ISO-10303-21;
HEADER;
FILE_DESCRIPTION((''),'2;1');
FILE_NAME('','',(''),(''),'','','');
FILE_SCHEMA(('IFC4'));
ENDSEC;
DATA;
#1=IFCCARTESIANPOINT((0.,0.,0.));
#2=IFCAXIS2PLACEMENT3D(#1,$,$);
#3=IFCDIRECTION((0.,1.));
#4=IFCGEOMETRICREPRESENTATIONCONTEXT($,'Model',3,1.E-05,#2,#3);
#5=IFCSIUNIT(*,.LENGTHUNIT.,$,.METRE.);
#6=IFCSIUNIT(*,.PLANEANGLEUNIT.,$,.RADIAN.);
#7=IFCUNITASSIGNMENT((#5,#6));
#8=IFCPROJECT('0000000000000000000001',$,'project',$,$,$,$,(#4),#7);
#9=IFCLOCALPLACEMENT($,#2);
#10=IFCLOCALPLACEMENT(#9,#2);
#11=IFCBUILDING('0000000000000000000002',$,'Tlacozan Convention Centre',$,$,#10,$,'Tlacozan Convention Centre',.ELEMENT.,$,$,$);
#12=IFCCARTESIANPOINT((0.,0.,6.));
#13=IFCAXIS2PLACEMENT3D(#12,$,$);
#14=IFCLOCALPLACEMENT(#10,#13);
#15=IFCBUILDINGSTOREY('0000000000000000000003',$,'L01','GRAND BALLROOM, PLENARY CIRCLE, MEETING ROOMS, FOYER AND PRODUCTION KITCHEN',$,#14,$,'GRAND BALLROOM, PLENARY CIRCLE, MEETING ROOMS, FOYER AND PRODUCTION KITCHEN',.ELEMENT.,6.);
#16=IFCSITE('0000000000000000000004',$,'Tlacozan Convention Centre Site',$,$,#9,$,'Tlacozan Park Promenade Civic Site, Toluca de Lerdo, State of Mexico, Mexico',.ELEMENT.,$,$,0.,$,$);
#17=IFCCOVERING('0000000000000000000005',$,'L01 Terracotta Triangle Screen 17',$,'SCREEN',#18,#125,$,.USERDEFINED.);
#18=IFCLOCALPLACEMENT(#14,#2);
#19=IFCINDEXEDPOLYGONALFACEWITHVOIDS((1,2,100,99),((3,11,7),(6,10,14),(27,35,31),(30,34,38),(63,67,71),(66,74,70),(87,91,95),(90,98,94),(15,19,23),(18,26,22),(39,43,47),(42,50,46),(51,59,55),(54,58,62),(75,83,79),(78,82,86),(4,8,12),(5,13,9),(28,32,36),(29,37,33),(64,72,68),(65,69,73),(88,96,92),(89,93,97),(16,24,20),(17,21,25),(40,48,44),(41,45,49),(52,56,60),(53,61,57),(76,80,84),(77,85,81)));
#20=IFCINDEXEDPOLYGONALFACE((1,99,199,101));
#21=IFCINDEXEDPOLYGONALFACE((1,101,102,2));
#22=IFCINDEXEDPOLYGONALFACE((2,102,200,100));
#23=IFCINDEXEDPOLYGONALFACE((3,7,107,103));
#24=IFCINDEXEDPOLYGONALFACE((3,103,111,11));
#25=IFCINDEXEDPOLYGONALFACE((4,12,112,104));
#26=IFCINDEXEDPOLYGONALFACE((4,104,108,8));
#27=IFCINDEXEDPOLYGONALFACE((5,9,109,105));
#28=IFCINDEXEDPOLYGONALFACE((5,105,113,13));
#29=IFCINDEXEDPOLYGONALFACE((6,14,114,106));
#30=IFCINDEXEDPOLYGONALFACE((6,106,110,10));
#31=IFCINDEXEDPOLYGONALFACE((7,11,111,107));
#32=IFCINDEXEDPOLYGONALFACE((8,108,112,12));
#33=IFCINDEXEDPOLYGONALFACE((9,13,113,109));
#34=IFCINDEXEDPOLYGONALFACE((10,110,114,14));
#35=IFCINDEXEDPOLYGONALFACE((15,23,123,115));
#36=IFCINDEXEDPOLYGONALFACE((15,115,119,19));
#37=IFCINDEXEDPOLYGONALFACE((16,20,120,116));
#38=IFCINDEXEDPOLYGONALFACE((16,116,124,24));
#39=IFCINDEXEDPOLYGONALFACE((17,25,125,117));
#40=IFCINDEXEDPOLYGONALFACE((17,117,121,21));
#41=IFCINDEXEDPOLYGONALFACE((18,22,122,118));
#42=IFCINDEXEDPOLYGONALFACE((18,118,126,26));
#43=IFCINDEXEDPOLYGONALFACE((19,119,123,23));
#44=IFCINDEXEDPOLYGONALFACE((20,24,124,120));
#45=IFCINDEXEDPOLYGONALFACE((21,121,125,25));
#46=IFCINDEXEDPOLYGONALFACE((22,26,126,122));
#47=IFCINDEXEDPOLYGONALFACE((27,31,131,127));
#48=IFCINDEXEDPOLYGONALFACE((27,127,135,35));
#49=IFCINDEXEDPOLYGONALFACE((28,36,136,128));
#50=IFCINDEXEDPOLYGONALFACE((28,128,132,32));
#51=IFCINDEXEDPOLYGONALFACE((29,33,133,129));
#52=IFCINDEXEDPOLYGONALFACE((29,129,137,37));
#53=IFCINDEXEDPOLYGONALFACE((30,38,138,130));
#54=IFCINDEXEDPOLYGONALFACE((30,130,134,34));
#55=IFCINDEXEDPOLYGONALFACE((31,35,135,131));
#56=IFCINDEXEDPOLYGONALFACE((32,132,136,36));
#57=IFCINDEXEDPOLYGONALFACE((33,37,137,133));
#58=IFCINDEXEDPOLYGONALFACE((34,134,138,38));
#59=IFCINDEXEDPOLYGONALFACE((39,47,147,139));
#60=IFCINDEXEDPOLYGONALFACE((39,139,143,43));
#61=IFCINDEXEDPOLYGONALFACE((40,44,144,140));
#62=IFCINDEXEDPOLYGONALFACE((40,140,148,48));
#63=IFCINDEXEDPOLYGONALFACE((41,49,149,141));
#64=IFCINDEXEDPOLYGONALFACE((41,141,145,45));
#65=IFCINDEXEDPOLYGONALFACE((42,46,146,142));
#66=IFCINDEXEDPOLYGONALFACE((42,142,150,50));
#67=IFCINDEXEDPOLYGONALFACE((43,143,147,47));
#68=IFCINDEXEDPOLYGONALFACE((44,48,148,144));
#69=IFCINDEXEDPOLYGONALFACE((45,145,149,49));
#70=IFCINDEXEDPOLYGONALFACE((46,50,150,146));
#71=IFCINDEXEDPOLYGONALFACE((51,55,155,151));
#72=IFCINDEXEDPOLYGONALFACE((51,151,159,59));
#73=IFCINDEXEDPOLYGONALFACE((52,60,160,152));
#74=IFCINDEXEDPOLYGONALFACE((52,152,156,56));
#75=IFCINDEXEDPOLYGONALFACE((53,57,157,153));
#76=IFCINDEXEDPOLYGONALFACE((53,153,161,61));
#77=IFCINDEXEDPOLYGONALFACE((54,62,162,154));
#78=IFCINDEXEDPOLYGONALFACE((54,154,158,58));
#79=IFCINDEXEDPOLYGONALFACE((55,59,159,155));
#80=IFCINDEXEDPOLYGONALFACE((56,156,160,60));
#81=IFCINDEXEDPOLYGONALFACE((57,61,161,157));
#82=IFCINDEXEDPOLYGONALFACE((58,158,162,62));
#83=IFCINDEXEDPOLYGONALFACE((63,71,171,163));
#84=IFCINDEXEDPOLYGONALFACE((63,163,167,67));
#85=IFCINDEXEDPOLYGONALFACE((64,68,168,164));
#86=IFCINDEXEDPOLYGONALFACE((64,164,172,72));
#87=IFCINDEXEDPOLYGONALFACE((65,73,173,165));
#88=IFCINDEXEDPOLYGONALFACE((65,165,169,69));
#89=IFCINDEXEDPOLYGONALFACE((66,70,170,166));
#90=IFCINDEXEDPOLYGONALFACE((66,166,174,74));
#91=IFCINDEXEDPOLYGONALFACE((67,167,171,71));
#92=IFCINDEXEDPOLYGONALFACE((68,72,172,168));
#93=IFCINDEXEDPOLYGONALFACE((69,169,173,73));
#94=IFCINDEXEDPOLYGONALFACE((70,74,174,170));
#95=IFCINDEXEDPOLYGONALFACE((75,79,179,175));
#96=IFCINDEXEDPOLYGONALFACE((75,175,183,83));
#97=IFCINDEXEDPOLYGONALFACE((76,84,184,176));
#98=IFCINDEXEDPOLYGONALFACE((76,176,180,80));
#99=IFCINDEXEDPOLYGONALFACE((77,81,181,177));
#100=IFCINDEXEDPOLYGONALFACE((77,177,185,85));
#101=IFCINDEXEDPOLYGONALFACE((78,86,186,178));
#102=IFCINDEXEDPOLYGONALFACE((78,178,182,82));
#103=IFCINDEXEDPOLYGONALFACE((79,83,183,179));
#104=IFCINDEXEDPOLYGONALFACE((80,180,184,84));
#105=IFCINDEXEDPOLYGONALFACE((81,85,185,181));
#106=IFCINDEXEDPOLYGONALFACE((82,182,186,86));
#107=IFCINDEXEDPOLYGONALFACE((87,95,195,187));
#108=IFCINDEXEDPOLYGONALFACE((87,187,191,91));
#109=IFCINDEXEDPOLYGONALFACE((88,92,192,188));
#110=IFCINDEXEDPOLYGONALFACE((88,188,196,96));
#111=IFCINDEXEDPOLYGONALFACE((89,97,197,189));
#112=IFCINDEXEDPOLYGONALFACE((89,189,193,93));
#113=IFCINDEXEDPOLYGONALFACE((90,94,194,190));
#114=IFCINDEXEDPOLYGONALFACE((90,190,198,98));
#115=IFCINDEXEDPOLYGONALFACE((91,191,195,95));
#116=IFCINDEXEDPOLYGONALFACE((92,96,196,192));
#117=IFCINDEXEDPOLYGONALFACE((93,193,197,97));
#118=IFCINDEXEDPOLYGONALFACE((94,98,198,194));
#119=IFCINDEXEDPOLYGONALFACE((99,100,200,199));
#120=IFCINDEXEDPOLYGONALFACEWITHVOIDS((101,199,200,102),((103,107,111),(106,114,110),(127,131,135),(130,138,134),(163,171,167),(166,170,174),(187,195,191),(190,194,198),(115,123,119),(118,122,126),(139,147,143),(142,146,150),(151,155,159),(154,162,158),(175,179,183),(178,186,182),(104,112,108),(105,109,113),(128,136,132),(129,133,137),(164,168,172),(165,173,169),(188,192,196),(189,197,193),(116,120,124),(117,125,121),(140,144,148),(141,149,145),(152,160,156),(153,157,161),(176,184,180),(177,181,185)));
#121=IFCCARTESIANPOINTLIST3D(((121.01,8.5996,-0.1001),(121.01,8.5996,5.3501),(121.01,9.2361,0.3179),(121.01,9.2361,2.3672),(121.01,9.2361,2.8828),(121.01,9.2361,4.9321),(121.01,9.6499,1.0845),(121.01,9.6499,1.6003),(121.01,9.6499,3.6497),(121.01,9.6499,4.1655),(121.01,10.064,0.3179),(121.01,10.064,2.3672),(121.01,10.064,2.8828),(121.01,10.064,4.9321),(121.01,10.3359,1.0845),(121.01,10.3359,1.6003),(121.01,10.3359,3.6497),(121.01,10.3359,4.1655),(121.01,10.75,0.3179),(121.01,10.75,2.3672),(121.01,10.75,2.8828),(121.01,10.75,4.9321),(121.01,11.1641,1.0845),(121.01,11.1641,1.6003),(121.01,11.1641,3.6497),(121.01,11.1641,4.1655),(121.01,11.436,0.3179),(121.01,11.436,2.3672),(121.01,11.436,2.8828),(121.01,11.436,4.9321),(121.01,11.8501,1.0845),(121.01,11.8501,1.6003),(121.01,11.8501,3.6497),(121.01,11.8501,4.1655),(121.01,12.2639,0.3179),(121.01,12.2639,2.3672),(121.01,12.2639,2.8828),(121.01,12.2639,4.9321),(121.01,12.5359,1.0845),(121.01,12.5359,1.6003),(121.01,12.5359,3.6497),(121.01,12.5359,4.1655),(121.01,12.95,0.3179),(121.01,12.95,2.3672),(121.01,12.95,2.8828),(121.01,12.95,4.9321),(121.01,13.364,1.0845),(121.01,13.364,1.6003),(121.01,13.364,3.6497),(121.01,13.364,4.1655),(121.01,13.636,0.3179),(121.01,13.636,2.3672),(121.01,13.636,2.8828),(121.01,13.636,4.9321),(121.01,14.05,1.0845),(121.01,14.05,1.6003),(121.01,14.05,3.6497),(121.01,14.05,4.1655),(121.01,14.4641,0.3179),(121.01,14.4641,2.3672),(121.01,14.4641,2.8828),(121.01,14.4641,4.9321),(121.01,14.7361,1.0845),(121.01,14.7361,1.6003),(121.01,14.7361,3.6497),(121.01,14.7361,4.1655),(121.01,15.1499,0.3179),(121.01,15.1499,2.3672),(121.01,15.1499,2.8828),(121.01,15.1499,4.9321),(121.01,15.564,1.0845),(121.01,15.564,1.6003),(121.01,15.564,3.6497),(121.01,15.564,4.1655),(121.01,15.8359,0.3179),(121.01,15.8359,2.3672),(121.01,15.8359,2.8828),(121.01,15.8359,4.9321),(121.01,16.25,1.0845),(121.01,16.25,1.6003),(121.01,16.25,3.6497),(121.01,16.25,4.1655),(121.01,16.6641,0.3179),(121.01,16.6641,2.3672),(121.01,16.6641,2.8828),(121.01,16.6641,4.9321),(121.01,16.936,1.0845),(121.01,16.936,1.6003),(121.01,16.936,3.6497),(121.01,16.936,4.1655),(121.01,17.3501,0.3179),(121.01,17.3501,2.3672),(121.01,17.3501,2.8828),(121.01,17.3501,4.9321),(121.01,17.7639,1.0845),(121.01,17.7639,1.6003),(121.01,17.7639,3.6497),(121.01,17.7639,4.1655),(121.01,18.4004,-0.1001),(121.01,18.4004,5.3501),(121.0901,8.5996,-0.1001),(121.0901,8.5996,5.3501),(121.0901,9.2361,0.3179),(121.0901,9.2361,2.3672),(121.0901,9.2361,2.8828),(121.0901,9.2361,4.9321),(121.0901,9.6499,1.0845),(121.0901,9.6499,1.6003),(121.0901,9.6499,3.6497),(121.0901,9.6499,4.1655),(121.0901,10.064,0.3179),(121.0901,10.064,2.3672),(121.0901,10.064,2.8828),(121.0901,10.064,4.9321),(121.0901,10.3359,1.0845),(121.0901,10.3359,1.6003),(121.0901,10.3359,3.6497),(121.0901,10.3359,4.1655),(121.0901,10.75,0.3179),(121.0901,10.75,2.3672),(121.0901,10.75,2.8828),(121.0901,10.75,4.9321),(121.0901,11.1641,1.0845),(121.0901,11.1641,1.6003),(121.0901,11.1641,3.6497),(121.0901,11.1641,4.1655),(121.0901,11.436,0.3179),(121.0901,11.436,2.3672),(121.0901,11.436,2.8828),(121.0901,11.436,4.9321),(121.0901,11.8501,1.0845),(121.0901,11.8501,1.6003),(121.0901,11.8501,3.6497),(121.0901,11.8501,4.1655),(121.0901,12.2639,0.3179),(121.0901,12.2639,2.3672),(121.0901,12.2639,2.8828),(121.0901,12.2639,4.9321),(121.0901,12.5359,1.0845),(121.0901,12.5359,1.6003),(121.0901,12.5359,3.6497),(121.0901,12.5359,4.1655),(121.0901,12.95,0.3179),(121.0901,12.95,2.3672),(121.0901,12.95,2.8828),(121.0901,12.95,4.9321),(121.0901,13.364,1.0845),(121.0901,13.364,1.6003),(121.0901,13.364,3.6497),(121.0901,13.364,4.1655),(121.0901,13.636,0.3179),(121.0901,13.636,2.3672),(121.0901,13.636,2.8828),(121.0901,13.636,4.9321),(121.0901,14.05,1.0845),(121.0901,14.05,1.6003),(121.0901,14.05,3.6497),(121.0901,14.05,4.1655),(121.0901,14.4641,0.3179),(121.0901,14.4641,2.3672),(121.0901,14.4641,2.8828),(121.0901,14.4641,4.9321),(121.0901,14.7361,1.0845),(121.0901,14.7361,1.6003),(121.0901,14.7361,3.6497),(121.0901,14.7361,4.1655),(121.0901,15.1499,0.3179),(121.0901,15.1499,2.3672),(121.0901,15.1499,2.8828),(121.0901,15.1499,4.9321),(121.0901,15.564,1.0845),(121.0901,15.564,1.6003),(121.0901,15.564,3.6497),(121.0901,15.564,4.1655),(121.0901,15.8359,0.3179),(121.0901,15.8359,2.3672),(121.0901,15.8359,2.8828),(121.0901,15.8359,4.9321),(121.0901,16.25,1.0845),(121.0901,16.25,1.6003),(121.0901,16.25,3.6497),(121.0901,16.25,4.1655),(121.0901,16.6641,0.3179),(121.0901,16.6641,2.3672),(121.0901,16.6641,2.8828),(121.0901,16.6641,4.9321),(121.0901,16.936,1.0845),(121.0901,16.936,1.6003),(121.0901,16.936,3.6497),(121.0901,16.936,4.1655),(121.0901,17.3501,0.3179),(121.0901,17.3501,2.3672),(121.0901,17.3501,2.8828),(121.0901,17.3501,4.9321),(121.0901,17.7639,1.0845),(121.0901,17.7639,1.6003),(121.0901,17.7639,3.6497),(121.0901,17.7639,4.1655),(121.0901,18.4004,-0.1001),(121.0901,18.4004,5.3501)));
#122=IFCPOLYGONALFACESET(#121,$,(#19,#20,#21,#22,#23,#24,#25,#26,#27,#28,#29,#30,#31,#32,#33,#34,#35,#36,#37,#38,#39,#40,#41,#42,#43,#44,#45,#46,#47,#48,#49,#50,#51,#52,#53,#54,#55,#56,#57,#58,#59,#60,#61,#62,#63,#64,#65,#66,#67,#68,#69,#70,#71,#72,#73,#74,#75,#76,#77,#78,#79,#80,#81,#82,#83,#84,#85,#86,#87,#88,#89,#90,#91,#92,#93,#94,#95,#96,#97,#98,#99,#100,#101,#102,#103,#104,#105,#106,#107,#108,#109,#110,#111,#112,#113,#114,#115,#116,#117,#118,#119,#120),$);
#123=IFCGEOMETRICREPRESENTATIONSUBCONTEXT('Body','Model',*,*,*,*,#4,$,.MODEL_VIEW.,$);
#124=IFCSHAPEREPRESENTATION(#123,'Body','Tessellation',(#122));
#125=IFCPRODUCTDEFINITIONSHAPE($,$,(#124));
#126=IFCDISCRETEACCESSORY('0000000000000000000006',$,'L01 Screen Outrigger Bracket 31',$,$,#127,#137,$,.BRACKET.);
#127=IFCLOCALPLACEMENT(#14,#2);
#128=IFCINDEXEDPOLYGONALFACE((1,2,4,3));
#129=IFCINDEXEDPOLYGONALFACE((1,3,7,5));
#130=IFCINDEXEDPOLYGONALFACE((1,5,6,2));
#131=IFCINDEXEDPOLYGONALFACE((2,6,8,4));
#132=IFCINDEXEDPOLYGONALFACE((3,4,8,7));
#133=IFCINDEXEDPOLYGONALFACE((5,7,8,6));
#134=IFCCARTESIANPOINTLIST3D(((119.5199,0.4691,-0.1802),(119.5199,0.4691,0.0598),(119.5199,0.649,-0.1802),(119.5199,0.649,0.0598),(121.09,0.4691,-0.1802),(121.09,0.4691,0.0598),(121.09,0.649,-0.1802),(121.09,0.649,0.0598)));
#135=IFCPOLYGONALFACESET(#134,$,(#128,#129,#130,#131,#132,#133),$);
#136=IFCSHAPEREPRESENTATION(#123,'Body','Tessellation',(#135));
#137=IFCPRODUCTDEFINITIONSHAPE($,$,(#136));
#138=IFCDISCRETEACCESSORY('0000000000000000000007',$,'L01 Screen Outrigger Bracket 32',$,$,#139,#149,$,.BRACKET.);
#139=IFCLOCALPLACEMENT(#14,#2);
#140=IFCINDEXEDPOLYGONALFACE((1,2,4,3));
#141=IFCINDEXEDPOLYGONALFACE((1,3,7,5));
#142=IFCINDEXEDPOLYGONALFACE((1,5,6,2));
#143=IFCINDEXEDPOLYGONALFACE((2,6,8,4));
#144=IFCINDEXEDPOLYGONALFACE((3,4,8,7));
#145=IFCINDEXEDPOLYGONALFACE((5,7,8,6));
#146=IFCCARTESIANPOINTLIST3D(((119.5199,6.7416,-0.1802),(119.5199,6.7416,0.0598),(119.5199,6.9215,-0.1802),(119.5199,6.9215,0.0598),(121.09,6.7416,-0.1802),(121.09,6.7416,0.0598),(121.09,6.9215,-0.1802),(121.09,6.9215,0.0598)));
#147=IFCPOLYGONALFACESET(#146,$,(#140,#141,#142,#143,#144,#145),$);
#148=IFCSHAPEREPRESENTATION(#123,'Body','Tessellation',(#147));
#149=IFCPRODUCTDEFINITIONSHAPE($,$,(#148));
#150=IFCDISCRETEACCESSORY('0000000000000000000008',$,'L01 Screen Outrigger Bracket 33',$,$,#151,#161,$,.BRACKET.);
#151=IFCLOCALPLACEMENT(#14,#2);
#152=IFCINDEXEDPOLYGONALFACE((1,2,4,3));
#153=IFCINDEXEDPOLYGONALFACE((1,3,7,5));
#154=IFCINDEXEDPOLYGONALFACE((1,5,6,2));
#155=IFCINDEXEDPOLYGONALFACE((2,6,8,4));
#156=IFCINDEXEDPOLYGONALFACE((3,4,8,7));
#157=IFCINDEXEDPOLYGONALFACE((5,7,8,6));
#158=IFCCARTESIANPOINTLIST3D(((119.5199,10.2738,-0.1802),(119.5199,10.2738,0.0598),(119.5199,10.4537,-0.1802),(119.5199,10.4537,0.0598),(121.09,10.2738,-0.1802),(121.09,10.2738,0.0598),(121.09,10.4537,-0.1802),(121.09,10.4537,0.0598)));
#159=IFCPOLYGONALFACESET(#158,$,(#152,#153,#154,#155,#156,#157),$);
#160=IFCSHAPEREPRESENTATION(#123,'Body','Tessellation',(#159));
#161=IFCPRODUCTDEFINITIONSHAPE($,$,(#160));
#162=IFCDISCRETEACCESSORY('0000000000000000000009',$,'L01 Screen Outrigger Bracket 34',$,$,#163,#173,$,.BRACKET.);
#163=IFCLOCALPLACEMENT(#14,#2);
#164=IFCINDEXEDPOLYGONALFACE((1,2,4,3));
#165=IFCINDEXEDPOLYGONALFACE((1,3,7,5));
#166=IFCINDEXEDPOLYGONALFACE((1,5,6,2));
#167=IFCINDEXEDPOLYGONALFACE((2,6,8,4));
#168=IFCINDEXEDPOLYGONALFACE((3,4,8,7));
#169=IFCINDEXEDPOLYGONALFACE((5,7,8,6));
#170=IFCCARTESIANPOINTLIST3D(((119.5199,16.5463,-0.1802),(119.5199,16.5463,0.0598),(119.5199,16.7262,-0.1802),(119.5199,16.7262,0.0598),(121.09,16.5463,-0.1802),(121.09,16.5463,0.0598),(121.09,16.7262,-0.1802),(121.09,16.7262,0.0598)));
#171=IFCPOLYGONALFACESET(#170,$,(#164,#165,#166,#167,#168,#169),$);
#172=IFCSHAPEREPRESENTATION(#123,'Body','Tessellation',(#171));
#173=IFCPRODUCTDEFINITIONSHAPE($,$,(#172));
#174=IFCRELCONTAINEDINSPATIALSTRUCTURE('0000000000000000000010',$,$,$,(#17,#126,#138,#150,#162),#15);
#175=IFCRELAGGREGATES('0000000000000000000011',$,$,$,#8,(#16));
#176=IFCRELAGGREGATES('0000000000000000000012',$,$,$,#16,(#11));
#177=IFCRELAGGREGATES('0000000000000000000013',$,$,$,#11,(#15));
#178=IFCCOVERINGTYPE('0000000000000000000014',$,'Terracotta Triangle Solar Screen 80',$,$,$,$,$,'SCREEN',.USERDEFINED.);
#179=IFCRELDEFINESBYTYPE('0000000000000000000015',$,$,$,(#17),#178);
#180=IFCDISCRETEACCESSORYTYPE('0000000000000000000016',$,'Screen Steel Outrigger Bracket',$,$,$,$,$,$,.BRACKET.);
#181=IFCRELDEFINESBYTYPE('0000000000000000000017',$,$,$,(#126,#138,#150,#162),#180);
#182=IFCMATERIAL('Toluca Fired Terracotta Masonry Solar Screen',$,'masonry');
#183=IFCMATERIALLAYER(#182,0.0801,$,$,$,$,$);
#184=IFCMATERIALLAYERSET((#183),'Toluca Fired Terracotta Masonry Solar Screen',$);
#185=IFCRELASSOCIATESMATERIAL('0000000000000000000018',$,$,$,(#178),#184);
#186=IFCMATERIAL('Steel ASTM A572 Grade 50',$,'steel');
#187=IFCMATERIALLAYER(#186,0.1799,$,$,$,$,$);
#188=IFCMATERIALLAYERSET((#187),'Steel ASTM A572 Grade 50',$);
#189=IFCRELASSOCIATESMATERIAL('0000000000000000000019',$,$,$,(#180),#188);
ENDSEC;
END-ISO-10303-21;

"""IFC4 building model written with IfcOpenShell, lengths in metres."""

from ifc_helpers import new_model, si_unit, direction, frame, origin, origin_2d, place, context, subcontext, project, spatial, polyline, rectangle, outline, extrude, material, layer, layer_set, type_object, element, save


model = new_model("IFC4")

# Units and contexts
model_context = context("Model", 3, precision=1e-05, world=origin(), true_north=direction((0.0, 1.0)))
body_context = subcontext(model_context, "Body", "Model", "MODEL_VIEW")
ifc_project = project(units=[si_unit("LENGTHUNIT", "METRE"), si_unit("PLANEANGLEUNIT", "RADIAN")], contexts=[model_context])

# Site, building, storey
site_placement = place(None, origin())
site = spatial("IfcSite", under=ifc_project, at=site_placement, Name="Tlacozan Convention Centre Site", LongName="Tlacozan Park Promenade Civic Site, Toluca de Lerdo, State of Mexico, Mexico", CompositionType="ELEMENT", RefElevation=0.0)
building_placement = place(site_placement, origin())
building = spatial("IfcBuilding", under=site, at=building_placement, Name="Tlacozan Convention Centre", LongName="Tlacozan Convention Centre", CompositionType="ELEMENT")
storey_placement = place(building_placement, frame((0.0, 0.0, 6.0)))
storey = spatial("IfcBuildingStorey", under=building, at=storey_placement, Name="L01", Description="GRAND BALLROOM, PLENARY CIRCLE, MEETING ROOMS, FOYER AND PRODUCTION KITCHEN", LongName="GRAND BALLROOM, PLENARY CIRCLE, MEETING ROOMS, FOYER AND PRODUCTION KITCHEN", CompositionType="ELEMENT", Elevation=6.0)

# Covering
ifc_material_1 = material(Name="Toluca Fired Terracotta Masonry Solar Screen", Category="masonry")
ifc_layer_1 = layer(ifc_material_1, 0.0801)
ifc_layer_set_1 = layer_set([ifc_layer_1], Name="Toluca Fired Terracotta Masonry Solar Screen")
covering_type = type_object("IfcCoveringType", Name="Terracotta Triangle Solar Screen 80", ElementType="SCREEN", PredefinedType="USERDEFINED", material=ifc_layer_set_1)
covering_1_placement = place(storey_placement, frame((121.05, 8.5996, -0.1001), z_axis=(0.0, 0.0, 1.0), x_axis=(0.0, 1.0, 0.0)))
element("IfcCovering", 1, at=covering_1_placement, inside=storey, type_object=covering_type, Name="L01 Terracotta Triangle Screen 17", ObjectType="SCREEN", PredefinedType="USERDEFINED", context=body_context, shape_type="SweptSolid", body=[
    extrude(outline(polyline([(0.0, 0.0), (9.8008, 0.0), (9.8008, 5.4502), (0.0, 5.4502), (0.0, 0.0)]), holes=[polyline([(0.6365, 0.418), (1.4644, 0.418), (1.0503, 1.1846), (0.6365, 0.418)]), polyline([(1.7363, 1.1846), (2.5645, 1.1846), (2.1504, 0.418), (1.7363, 1.1846)]), polyline([(2.8364, 0.418), (3.6643, 0.418), (3.2505, 1.1846), (2.8364, 0.418)]), polyline([(3.9363, 1.1846), (4.7644, 1.1846), (4.3503, 0.418), (3.9363, 1.1846)]), polyline([(5.0364, 0.418), (5.8645, 0.418), (5.4504, 1.1846), (5.0364, 0.418)]), polyline([(6.1365, 1.1846), (6.9644, 1.1846), (6.5503, 0.418), (6.1365, 1.1846)]), polyline([(7.2363, 0.418), (8.0645, 0.418), (7.6504, 1.1846), (7.2363, 0.418)]), polyline([(8.3364, 1.1846), (9.1643, 1.1846), (8.7505, 0.418), (8.3364, 1.1846)]), polyline([(0.6365, 2.4673), (1.4644, 2.4673), (1.0503, 1.7004), (0.6365, 2.4673)]), polyline([(1.7363, 1.7004), (2.5645, 1.7004), (2.1504, 2.4673), (1.7363, 1.7004)]), polyline([(2.8364, 2.4673), (3.6643, 2.4673), (3.2505, 1.7004), (2.8364, 2.4673)]), polyline([(3.9363, 1.7004), (4.7644, 1.7004), (4.3503, 2.4673), (3.9363, 1.7004)]), polyline([(5.0364, 2.4673), (5.8645, 2.4673), (5.4504, 1.7004), (5.0364, 2.4673)]), polyline([(6.1365, 1.7004), (6.9644, 1.7004), (6.5503, 2.4673), (6.1365, 1.7004)]), polyline([(7.2363, 2.4673), (8.0645, 2.4673), (7.6504, 1.7004), (7.2363, 2.4673)]), polyline([(8.3364, 1.7004), (9.1643, 1.7004), (8.7505, 2.4673), (8.3364, 1.7004)]), polyline([(0.6365, 2.9829), (1.4644, 2.9829), (1.0503, 3.7498), (0.6365, 2.9829)]), polyline([(1.7363, 3.7498), (2.5645, 3.7498), (2.1504, 2.9829), (1.7363, 3.7498)]), polyline([(2.8364, 2.9829), (3.6643, 2.9829), (3.2505, 3.7498), (2.8364, 2.9829)]), polyline([(3.9363, 3.7498), (4.7644, 3.7498), (4.3503, 2.9829), (3.9363, 3.7498)]), polyline([(5.0364, 2.9829), (5.8645, 2.9829), (5.4504, 3.7498), (5.0364, 2.9829)]), polyline([(6.1365, 3.7498), (6.9644, 3.7498), (6.5503, 2.9829), (6.1365, 3.7498)]), polyline([(7.2363, 2.9829), (8.0645, 2.9829), (7.6504, 3.7498), (7.2363, 2.9829)]), polyline([(8.3364, 3.7498), (9.1643, 3.7498), (8.7505, 2.9829), (8.3364, 3.7498)]), polyline([(0.6365, 5.0322), (1.4644, 5.0322), (1.0503, 4.2656), (0.6365, 5.0322)]), polyline([(1.7363, 4.2656), (2.5645, 4.2656), (2.1504, 5.0322), (1.7363, 4.2656)]), polyline([(2.8364, 5.0322), (3.6643, 5.0322), (3.2505, 4.2656), (2.8364, 5.0322)]), polyline([(3.9363, 4.2656), (4.7644, 4.2656), (4.3503, 5.0322), (3.9363, 4.2656)]), polyline([(5.0364, 5.0322), (5.8645, 5.0322), (5.4504, 4.2656), (5.0364, 5.0322)]), polyline([(6.1365, 4.2656), (6.9644, 4.2656), (6.5503, 5.0322), (6.1365, 4.2656)]), polyline([(7.2363, 5.0322), (8.0645, 5.0322), (7.6504, 4.2656), (7.2363, 5.0322)]), polyline([(8.3364, 4.2656), (9.1643, 4.2656), (8.7505, 5.0322), (8.3364, 4.2656)])]), frame((0.0, 0.04, 0.0), z_axis=(0.0, -1.0, 0.0), x_axis=(1.0, 0.0, 0.0)), (0.0, 0.0, 1.0), 0.0801),
])

# Discrete accessories
ifc_material_2 = material(Name="Steel ASTM A572 Grade 50", Category="steel")
ifc_layer_2 = layer(ifc_material_2, 0.1799)
ifc_layer_set_2 = layer_set([ifc_layer_2], Name="Steel ASTM A572 Grade 50")
discrete_accessory_type = type_object("IfcDiscreteAccessoryType", Name="Screen Steel Outrigger Bracket", PredefinedType="BRACKET", material=ifc_layer_set_2)
for number, where, z_axis, x_axis, name in (
    (2, (120.3049, 0.5591, -0.1802), (0.0, 0.0, 1.0), (-1.0, 0.0, 0.0), "L01 Screen Outrigger Bracket 31"),
    (3, (120.3049, 6.8315, -0.1802), (0.0, 0.0, 1.0), (-1.0, 0.0, 0.0), "L01 Screen Outrigger Bracket 32"),
    (4, (120.3049, 10.3638, -0.1802), (0.0, 0.0, 1.0), (-1.0, 0.0, 0.0), "L01 Screen Outrigger Bracket 33"),
    (5, (120.3049, 16.6362, -0.1802), (0.0, 0.0, 1.0), (-1.0, 0.0, 0.0), "L01 Screen Outrigger Bracket 34"),
):
    element("IfcDiscreteAccessory", number, at=place(storey_placement, frame(where, z_axis=z_axis, x_axis=x_axis)), inside=storey, type_object=discrete_accessory_type, Name=name, PredefinedType="BRACKET", context=body_context, shape_type="SweptSolid", body=[
        extrude(rectangle(XDim=1.5701, YDim=0.1799, at=origin_2d()), origin(), (0.0, 0.0, 1.0), 0.24),
    ])

save(model, "model.ifc")
